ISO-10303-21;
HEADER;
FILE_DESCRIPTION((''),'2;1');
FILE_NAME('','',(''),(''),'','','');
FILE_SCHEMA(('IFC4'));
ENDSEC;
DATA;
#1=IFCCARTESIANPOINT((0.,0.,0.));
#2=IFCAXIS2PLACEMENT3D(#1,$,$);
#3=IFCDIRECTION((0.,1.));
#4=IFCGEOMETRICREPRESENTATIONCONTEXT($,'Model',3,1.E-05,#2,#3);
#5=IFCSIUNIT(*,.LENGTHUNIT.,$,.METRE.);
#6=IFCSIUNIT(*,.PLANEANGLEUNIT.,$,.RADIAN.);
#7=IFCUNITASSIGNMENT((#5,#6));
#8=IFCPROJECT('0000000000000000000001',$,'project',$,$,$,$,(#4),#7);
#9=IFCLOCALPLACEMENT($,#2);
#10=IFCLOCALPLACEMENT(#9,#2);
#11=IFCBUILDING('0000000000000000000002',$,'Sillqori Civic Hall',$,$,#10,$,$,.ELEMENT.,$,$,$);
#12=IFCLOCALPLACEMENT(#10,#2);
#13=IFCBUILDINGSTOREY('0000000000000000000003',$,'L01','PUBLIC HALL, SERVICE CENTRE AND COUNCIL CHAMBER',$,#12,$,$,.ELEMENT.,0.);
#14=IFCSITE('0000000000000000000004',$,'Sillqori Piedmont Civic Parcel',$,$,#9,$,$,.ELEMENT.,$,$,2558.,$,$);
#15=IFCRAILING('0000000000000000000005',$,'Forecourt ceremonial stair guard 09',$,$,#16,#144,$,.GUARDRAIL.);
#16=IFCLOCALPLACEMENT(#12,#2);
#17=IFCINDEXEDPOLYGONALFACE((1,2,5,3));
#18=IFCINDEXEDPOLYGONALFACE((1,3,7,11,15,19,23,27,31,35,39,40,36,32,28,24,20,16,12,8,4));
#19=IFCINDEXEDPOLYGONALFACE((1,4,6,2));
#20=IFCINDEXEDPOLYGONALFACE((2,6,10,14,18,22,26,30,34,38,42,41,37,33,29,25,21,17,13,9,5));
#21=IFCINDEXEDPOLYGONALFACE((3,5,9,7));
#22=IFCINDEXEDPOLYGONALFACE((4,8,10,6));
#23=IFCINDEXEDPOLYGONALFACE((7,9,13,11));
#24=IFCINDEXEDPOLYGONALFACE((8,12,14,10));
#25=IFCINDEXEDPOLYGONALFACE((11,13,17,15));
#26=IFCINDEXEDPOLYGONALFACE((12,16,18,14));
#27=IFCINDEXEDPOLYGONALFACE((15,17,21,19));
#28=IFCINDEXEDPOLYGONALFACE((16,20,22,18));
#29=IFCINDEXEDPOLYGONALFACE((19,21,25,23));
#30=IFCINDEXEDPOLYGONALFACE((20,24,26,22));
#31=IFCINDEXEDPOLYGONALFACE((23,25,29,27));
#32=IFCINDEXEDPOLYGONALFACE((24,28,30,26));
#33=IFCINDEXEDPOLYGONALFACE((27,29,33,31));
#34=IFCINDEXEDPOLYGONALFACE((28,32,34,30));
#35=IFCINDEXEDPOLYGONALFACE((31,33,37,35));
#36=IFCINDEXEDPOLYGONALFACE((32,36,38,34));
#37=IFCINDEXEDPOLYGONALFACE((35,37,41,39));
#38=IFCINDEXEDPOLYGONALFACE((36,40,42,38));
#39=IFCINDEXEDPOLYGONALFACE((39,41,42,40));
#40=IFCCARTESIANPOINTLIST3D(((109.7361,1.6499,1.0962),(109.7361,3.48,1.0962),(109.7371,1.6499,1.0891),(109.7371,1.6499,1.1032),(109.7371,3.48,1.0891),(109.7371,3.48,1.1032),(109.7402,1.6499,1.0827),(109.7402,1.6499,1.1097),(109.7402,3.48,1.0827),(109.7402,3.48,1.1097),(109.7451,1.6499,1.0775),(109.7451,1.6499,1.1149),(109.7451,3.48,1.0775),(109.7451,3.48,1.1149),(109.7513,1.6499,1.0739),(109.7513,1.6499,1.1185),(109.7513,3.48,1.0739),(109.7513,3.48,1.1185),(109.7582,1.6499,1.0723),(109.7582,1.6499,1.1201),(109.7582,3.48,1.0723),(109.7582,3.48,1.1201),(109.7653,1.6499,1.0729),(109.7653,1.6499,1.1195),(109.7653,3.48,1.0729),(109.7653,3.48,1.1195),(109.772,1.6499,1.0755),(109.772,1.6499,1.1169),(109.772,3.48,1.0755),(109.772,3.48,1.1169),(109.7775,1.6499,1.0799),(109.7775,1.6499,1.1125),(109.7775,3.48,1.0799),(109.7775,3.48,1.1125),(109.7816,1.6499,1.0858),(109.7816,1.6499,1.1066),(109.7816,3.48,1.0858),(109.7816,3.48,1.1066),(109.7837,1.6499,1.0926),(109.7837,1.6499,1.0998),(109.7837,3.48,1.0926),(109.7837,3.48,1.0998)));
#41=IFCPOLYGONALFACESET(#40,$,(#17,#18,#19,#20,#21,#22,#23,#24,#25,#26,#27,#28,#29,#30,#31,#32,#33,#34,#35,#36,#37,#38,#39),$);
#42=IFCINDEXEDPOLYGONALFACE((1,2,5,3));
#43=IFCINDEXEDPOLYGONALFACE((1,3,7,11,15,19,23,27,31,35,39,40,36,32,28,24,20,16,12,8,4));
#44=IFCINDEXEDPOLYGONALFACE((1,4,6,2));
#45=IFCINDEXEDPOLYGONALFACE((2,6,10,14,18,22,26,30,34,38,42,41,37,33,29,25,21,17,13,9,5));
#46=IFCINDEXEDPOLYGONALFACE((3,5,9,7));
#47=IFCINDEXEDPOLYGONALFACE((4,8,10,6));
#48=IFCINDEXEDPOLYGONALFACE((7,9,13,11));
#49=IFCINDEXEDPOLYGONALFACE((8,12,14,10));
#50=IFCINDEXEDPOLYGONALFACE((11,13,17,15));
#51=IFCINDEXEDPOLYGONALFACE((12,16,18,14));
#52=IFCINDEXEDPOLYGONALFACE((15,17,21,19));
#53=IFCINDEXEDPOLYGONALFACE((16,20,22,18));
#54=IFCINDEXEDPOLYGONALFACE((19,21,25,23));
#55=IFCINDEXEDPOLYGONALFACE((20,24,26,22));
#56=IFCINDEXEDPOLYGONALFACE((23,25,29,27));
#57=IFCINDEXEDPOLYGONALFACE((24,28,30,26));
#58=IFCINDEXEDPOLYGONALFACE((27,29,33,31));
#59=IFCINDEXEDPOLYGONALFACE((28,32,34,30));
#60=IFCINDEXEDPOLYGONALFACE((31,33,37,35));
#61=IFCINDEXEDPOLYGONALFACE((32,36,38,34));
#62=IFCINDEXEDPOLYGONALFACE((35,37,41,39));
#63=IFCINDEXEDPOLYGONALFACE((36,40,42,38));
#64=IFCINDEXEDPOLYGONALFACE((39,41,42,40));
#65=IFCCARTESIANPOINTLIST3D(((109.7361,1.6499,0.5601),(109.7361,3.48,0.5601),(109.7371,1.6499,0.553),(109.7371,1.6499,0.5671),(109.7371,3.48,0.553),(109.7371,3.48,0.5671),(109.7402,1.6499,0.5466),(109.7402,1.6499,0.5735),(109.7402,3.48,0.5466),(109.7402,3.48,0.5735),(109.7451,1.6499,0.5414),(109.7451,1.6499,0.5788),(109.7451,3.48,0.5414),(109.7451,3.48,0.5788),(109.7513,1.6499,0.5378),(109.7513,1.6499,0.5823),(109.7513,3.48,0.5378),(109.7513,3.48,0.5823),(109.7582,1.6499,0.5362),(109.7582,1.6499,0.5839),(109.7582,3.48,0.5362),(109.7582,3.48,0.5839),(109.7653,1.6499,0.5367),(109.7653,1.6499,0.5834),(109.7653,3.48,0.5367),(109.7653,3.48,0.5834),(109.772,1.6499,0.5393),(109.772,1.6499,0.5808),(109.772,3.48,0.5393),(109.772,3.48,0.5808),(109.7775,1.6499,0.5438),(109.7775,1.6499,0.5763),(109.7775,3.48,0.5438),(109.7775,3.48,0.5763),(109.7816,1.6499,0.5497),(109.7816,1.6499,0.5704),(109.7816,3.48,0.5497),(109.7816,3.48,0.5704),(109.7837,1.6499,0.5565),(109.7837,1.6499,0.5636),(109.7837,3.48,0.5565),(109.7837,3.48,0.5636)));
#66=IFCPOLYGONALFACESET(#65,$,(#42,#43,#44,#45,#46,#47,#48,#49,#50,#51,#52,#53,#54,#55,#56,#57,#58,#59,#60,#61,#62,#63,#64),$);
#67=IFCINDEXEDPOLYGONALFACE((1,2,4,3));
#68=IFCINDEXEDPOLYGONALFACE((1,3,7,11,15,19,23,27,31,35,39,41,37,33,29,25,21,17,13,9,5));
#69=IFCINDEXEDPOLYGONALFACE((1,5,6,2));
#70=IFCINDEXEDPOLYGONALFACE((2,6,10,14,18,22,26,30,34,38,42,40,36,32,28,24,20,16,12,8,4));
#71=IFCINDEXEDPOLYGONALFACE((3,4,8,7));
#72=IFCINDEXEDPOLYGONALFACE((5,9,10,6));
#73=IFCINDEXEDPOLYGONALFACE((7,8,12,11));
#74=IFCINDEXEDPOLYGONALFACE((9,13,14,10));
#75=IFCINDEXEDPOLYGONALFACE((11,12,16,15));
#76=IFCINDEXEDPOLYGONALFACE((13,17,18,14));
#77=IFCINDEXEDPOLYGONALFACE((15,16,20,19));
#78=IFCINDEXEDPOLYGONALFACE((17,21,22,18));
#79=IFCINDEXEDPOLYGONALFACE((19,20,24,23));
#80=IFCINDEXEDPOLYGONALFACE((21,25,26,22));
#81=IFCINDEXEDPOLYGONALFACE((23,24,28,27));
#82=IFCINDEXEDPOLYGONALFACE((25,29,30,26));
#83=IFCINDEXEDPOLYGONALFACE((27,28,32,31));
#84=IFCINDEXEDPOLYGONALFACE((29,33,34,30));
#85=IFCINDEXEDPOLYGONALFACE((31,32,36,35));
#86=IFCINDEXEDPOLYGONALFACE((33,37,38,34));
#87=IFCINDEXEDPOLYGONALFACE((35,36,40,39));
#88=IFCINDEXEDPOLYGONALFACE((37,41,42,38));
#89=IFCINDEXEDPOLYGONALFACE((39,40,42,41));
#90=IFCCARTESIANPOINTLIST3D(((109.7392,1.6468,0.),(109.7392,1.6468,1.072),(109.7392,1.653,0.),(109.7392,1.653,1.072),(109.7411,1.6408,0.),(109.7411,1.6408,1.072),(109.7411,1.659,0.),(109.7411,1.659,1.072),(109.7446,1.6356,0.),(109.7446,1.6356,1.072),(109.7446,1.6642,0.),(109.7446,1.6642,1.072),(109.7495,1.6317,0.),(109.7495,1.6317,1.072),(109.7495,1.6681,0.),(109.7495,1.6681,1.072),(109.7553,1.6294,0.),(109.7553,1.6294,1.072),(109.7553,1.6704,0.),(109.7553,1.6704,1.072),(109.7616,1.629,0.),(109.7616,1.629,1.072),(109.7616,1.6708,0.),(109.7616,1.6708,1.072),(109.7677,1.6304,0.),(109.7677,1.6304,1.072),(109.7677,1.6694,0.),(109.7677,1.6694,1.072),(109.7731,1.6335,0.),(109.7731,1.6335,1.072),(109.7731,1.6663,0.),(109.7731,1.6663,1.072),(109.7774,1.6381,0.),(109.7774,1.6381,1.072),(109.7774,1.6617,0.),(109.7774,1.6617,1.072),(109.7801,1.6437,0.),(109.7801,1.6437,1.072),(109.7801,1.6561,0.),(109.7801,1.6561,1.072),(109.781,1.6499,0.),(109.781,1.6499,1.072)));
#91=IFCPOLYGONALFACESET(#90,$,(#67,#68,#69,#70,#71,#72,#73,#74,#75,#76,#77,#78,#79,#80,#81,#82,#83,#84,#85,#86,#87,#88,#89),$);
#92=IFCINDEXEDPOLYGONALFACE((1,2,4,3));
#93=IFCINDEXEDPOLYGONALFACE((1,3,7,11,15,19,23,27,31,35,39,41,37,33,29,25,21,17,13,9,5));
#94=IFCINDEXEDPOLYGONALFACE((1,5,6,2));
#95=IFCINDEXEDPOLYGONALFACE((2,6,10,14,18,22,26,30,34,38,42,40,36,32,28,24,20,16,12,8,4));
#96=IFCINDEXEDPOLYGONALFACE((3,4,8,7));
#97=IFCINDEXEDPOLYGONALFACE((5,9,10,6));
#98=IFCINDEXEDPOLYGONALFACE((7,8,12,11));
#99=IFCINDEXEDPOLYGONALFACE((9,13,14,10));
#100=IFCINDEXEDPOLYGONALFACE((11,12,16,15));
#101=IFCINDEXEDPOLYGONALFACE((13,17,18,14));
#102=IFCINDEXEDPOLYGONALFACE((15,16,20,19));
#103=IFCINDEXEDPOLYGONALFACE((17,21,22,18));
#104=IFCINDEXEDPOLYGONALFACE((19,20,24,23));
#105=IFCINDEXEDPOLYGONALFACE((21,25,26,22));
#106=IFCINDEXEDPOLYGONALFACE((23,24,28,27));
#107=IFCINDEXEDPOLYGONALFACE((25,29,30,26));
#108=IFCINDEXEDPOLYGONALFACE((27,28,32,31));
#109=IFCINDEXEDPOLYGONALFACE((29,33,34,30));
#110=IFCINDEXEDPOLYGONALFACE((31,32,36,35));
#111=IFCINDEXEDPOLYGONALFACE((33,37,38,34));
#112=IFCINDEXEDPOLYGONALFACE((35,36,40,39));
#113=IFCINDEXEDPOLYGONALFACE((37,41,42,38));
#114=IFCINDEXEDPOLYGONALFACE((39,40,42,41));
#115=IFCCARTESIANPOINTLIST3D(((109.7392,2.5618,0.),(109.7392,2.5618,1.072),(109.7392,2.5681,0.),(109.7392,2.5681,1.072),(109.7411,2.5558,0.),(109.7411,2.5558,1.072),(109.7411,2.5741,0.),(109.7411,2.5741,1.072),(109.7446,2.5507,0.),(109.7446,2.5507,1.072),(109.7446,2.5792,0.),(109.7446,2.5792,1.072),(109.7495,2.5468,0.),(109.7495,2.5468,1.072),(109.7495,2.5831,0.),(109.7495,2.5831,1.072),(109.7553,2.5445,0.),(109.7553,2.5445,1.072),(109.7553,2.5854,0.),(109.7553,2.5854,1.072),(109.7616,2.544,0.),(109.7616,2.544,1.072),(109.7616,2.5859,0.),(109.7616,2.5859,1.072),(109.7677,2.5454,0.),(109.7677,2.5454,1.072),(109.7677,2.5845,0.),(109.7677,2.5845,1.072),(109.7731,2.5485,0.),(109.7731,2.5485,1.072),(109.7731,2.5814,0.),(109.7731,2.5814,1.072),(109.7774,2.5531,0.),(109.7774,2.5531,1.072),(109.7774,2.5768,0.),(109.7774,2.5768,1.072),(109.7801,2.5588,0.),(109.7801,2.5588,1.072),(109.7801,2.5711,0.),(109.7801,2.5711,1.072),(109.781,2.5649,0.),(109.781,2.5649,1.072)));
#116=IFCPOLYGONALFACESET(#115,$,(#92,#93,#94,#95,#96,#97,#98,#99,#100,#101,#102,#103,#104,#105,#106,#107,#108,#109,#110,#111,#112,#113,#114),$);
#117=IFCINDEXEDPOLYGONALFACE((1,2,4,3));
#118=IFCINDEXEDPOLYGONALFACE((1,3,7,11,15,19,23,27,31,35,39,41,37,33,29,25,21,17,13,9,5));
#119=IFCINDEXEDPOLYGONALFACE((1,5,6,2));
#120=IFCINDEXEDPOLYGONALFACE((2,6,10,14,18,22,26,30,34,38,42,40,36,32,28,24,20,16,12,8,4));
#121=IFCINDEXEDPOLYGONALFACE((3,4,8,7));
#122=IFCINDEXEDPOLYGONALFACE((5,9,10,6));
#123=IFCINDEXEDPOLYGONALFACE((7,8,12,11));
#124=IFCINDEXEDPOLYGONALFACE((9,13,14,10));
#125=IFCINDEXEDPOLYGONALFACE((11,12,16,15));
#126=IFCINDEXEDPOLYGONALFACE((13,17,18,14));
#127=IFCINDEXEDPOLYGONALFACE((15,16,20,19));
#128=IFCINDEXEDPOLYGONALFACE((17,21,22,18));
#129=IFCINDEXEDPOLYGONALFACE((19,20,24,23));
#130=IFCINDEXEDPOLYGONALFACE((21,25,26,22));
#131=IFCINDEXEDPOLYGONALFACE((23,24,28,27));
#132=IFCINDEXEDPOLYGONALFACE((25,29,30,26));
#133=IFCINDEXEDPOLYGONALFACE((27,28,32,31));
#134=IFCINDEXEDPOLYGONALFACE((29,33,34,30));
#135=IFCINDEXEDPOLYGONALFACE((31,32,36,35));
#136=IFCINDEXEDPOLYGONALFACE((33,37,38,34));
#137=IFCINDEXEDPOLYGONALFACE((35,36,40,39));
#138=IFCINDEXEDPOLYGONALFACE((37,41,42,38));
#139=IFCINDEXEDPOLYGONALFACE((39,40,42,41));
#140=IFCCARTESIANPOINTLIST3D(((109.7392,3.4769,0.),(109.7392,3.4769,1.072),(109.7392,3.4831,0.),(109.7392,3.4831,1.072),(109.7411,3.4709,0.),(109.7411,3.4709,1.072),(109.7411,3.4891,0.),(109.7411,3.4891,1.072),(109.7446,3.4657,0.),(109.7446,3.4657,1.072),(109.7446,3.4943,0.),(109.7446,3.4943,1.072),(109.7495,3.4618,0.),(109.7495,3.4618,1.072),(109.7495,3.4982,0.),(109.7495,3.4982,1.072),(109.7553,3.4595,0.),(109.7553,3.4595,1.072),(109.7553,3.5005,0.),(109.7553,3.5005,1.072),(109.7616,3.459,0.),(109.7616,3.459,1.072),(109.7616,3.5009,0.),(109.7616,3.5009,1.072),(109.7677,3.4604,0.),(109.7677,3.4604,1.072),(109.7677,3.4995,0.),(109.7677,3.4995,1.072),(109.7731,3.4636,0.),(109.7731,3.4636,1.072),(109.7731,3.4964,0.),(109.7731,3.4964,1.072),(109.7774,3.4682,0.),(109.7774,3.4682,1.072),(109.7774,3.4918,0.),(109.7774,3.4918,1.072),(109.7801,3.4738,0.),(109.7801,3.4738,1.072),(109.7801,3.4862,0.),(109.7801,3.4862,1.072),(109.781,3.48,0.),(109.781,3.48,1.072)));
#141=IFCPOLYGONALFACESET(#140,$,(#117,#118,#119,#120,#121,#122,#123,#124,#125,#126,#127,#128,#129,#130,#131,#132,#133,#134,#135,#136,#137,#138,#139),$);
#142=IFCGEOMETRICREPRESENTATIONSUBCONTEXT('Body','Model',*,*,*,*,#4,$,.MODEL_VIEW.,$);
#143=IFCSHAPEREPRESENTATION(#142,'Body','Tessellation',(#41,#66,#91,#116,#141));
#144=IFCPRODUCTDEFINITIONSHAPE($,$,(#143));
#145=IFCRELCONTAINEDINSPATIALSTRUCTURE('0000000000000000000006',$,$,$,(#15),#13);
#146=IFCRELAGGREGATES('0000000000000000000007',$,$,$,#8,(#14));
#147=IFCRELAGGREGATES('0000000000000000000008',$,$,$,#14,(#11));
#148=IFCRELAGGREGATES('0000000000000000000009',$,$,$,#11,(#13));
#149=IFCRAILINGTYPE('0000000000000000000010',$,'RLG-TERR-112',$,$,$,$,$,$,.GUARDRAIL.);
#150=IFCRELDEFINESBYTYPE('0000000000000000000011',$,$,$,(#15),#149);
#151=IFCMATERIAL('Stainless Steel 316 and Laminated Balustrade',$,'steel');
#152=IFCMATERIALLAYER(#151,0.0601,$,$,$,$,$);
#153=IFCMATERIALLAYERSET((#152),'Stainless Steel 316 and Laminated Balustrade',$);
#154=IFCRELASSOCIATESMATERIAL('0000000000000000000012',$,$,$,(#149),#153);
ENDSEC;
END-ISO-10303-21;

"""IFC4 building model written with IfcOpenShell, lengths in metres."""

from ifc_helpers import new_model, si_unit, direction, frame, origin, origin_2d, place, context, subcontext, project, spatial, circle, extrude, material, layer, layer_set, type_object, element, save


model = new_model("IFC4")

# Units and contexts
model_context = context("Model", 3, precision=1e-05, world=origin(), true_north=direction((0.0, 1.0)))
body_context = subcontext(model_context, "Body", "Model", "MODEL_VIEW")
ifc_project = project(units=[si_unit("LENGTHUNIT", "METRE"), si_unit("PLANEANGLEUNIT", "RADIAN")], contexts=[model_context])

# Site, building, storey
site_placement = place(None, origin())
site = spatial("IfcSite", under=ifc_project, at=site_placement, Name="Sillqori Piedmont Civic Parcel", CompositionType="ELEMENT", RefElevation=2558.0)
building_placement = place(site_placement, origin())
building = spatial("IfcBuilding", under=site, at=building_placement, Name="Sillqori Civic Hall", CompositionType="ELEMENT")
storey_placement = place(building_placement, origin())
storey = spatial("IfcBuildingStorey", under=building, at=storey_placement, Name="L01", Description="PUBLIC HALL, SERVICE CENTRE AND COUNCIL CHAMBER", CompositionType="ELEMENT", Elevation=0.0)

# Railing
ifc_material_1 = material(Name="Stainless Steel 316 and Laminated Balustrade", Category="steel")
ifc_layer_1 = layer(ifc_material_1, 0.0601)
ifc_layer_set_1 = layer_set([ifc_layer_1], Name="Stainless Steel 316 and Laminated Balustrade")
railing_type = type_object("IfcRailingType", Name="RLG-TERR-112", PredefinedType="GUARDRAIL", material=ifc_layer_set_1)
railing_1_placement = place(storey_placement, frame((109.76, 1.6499, 0.0)))
element("IfcRailing", 1, at=railing_1_placement, inside=storey, type_object=railing_type, Name="Forecourt ceremonial stair guard 09", PredefinedType="GUARDRAIL", context=body_context, shape_type="SweptSolid", body=[
    extrude(circle(Radius=0.0239, at=origin_2d()), frame((0.0, 0.0, 1.0962), z_axis=(0.0, 1.0, 0.0), x_axis=(-1.0, 0.0, 0.0)), (0.0, 0.0, 1.0), 1.8301),
    extrude(circle(Radius=0.0239, at=origin_2d()), frame((0.0, 0.0, 0.5601), z_axis=(0.0, 1.0, 0.0), x_axis=(-1.0, 0.0, 0.0)), (0.0, 0.0, 1.0), 1.8301),
    extrude(circle(Radius=0.021, at=origin_2d()), origin(), (0.0, 0.0, 1.0), 1.072),
    extrude(circle(Radius=0.021, at=origin_2d()), frame((0.0, 0.915, 0.0)), (0.0, 0.0, 1.0), 1.072),
    extrude(circle(Radius=0.021, at=origin_2d()), frame((0.0, 1.8301, 0.0)), (0.0, 0.0, 1.0), 1.072),
])

save(model, "model.ifc")
